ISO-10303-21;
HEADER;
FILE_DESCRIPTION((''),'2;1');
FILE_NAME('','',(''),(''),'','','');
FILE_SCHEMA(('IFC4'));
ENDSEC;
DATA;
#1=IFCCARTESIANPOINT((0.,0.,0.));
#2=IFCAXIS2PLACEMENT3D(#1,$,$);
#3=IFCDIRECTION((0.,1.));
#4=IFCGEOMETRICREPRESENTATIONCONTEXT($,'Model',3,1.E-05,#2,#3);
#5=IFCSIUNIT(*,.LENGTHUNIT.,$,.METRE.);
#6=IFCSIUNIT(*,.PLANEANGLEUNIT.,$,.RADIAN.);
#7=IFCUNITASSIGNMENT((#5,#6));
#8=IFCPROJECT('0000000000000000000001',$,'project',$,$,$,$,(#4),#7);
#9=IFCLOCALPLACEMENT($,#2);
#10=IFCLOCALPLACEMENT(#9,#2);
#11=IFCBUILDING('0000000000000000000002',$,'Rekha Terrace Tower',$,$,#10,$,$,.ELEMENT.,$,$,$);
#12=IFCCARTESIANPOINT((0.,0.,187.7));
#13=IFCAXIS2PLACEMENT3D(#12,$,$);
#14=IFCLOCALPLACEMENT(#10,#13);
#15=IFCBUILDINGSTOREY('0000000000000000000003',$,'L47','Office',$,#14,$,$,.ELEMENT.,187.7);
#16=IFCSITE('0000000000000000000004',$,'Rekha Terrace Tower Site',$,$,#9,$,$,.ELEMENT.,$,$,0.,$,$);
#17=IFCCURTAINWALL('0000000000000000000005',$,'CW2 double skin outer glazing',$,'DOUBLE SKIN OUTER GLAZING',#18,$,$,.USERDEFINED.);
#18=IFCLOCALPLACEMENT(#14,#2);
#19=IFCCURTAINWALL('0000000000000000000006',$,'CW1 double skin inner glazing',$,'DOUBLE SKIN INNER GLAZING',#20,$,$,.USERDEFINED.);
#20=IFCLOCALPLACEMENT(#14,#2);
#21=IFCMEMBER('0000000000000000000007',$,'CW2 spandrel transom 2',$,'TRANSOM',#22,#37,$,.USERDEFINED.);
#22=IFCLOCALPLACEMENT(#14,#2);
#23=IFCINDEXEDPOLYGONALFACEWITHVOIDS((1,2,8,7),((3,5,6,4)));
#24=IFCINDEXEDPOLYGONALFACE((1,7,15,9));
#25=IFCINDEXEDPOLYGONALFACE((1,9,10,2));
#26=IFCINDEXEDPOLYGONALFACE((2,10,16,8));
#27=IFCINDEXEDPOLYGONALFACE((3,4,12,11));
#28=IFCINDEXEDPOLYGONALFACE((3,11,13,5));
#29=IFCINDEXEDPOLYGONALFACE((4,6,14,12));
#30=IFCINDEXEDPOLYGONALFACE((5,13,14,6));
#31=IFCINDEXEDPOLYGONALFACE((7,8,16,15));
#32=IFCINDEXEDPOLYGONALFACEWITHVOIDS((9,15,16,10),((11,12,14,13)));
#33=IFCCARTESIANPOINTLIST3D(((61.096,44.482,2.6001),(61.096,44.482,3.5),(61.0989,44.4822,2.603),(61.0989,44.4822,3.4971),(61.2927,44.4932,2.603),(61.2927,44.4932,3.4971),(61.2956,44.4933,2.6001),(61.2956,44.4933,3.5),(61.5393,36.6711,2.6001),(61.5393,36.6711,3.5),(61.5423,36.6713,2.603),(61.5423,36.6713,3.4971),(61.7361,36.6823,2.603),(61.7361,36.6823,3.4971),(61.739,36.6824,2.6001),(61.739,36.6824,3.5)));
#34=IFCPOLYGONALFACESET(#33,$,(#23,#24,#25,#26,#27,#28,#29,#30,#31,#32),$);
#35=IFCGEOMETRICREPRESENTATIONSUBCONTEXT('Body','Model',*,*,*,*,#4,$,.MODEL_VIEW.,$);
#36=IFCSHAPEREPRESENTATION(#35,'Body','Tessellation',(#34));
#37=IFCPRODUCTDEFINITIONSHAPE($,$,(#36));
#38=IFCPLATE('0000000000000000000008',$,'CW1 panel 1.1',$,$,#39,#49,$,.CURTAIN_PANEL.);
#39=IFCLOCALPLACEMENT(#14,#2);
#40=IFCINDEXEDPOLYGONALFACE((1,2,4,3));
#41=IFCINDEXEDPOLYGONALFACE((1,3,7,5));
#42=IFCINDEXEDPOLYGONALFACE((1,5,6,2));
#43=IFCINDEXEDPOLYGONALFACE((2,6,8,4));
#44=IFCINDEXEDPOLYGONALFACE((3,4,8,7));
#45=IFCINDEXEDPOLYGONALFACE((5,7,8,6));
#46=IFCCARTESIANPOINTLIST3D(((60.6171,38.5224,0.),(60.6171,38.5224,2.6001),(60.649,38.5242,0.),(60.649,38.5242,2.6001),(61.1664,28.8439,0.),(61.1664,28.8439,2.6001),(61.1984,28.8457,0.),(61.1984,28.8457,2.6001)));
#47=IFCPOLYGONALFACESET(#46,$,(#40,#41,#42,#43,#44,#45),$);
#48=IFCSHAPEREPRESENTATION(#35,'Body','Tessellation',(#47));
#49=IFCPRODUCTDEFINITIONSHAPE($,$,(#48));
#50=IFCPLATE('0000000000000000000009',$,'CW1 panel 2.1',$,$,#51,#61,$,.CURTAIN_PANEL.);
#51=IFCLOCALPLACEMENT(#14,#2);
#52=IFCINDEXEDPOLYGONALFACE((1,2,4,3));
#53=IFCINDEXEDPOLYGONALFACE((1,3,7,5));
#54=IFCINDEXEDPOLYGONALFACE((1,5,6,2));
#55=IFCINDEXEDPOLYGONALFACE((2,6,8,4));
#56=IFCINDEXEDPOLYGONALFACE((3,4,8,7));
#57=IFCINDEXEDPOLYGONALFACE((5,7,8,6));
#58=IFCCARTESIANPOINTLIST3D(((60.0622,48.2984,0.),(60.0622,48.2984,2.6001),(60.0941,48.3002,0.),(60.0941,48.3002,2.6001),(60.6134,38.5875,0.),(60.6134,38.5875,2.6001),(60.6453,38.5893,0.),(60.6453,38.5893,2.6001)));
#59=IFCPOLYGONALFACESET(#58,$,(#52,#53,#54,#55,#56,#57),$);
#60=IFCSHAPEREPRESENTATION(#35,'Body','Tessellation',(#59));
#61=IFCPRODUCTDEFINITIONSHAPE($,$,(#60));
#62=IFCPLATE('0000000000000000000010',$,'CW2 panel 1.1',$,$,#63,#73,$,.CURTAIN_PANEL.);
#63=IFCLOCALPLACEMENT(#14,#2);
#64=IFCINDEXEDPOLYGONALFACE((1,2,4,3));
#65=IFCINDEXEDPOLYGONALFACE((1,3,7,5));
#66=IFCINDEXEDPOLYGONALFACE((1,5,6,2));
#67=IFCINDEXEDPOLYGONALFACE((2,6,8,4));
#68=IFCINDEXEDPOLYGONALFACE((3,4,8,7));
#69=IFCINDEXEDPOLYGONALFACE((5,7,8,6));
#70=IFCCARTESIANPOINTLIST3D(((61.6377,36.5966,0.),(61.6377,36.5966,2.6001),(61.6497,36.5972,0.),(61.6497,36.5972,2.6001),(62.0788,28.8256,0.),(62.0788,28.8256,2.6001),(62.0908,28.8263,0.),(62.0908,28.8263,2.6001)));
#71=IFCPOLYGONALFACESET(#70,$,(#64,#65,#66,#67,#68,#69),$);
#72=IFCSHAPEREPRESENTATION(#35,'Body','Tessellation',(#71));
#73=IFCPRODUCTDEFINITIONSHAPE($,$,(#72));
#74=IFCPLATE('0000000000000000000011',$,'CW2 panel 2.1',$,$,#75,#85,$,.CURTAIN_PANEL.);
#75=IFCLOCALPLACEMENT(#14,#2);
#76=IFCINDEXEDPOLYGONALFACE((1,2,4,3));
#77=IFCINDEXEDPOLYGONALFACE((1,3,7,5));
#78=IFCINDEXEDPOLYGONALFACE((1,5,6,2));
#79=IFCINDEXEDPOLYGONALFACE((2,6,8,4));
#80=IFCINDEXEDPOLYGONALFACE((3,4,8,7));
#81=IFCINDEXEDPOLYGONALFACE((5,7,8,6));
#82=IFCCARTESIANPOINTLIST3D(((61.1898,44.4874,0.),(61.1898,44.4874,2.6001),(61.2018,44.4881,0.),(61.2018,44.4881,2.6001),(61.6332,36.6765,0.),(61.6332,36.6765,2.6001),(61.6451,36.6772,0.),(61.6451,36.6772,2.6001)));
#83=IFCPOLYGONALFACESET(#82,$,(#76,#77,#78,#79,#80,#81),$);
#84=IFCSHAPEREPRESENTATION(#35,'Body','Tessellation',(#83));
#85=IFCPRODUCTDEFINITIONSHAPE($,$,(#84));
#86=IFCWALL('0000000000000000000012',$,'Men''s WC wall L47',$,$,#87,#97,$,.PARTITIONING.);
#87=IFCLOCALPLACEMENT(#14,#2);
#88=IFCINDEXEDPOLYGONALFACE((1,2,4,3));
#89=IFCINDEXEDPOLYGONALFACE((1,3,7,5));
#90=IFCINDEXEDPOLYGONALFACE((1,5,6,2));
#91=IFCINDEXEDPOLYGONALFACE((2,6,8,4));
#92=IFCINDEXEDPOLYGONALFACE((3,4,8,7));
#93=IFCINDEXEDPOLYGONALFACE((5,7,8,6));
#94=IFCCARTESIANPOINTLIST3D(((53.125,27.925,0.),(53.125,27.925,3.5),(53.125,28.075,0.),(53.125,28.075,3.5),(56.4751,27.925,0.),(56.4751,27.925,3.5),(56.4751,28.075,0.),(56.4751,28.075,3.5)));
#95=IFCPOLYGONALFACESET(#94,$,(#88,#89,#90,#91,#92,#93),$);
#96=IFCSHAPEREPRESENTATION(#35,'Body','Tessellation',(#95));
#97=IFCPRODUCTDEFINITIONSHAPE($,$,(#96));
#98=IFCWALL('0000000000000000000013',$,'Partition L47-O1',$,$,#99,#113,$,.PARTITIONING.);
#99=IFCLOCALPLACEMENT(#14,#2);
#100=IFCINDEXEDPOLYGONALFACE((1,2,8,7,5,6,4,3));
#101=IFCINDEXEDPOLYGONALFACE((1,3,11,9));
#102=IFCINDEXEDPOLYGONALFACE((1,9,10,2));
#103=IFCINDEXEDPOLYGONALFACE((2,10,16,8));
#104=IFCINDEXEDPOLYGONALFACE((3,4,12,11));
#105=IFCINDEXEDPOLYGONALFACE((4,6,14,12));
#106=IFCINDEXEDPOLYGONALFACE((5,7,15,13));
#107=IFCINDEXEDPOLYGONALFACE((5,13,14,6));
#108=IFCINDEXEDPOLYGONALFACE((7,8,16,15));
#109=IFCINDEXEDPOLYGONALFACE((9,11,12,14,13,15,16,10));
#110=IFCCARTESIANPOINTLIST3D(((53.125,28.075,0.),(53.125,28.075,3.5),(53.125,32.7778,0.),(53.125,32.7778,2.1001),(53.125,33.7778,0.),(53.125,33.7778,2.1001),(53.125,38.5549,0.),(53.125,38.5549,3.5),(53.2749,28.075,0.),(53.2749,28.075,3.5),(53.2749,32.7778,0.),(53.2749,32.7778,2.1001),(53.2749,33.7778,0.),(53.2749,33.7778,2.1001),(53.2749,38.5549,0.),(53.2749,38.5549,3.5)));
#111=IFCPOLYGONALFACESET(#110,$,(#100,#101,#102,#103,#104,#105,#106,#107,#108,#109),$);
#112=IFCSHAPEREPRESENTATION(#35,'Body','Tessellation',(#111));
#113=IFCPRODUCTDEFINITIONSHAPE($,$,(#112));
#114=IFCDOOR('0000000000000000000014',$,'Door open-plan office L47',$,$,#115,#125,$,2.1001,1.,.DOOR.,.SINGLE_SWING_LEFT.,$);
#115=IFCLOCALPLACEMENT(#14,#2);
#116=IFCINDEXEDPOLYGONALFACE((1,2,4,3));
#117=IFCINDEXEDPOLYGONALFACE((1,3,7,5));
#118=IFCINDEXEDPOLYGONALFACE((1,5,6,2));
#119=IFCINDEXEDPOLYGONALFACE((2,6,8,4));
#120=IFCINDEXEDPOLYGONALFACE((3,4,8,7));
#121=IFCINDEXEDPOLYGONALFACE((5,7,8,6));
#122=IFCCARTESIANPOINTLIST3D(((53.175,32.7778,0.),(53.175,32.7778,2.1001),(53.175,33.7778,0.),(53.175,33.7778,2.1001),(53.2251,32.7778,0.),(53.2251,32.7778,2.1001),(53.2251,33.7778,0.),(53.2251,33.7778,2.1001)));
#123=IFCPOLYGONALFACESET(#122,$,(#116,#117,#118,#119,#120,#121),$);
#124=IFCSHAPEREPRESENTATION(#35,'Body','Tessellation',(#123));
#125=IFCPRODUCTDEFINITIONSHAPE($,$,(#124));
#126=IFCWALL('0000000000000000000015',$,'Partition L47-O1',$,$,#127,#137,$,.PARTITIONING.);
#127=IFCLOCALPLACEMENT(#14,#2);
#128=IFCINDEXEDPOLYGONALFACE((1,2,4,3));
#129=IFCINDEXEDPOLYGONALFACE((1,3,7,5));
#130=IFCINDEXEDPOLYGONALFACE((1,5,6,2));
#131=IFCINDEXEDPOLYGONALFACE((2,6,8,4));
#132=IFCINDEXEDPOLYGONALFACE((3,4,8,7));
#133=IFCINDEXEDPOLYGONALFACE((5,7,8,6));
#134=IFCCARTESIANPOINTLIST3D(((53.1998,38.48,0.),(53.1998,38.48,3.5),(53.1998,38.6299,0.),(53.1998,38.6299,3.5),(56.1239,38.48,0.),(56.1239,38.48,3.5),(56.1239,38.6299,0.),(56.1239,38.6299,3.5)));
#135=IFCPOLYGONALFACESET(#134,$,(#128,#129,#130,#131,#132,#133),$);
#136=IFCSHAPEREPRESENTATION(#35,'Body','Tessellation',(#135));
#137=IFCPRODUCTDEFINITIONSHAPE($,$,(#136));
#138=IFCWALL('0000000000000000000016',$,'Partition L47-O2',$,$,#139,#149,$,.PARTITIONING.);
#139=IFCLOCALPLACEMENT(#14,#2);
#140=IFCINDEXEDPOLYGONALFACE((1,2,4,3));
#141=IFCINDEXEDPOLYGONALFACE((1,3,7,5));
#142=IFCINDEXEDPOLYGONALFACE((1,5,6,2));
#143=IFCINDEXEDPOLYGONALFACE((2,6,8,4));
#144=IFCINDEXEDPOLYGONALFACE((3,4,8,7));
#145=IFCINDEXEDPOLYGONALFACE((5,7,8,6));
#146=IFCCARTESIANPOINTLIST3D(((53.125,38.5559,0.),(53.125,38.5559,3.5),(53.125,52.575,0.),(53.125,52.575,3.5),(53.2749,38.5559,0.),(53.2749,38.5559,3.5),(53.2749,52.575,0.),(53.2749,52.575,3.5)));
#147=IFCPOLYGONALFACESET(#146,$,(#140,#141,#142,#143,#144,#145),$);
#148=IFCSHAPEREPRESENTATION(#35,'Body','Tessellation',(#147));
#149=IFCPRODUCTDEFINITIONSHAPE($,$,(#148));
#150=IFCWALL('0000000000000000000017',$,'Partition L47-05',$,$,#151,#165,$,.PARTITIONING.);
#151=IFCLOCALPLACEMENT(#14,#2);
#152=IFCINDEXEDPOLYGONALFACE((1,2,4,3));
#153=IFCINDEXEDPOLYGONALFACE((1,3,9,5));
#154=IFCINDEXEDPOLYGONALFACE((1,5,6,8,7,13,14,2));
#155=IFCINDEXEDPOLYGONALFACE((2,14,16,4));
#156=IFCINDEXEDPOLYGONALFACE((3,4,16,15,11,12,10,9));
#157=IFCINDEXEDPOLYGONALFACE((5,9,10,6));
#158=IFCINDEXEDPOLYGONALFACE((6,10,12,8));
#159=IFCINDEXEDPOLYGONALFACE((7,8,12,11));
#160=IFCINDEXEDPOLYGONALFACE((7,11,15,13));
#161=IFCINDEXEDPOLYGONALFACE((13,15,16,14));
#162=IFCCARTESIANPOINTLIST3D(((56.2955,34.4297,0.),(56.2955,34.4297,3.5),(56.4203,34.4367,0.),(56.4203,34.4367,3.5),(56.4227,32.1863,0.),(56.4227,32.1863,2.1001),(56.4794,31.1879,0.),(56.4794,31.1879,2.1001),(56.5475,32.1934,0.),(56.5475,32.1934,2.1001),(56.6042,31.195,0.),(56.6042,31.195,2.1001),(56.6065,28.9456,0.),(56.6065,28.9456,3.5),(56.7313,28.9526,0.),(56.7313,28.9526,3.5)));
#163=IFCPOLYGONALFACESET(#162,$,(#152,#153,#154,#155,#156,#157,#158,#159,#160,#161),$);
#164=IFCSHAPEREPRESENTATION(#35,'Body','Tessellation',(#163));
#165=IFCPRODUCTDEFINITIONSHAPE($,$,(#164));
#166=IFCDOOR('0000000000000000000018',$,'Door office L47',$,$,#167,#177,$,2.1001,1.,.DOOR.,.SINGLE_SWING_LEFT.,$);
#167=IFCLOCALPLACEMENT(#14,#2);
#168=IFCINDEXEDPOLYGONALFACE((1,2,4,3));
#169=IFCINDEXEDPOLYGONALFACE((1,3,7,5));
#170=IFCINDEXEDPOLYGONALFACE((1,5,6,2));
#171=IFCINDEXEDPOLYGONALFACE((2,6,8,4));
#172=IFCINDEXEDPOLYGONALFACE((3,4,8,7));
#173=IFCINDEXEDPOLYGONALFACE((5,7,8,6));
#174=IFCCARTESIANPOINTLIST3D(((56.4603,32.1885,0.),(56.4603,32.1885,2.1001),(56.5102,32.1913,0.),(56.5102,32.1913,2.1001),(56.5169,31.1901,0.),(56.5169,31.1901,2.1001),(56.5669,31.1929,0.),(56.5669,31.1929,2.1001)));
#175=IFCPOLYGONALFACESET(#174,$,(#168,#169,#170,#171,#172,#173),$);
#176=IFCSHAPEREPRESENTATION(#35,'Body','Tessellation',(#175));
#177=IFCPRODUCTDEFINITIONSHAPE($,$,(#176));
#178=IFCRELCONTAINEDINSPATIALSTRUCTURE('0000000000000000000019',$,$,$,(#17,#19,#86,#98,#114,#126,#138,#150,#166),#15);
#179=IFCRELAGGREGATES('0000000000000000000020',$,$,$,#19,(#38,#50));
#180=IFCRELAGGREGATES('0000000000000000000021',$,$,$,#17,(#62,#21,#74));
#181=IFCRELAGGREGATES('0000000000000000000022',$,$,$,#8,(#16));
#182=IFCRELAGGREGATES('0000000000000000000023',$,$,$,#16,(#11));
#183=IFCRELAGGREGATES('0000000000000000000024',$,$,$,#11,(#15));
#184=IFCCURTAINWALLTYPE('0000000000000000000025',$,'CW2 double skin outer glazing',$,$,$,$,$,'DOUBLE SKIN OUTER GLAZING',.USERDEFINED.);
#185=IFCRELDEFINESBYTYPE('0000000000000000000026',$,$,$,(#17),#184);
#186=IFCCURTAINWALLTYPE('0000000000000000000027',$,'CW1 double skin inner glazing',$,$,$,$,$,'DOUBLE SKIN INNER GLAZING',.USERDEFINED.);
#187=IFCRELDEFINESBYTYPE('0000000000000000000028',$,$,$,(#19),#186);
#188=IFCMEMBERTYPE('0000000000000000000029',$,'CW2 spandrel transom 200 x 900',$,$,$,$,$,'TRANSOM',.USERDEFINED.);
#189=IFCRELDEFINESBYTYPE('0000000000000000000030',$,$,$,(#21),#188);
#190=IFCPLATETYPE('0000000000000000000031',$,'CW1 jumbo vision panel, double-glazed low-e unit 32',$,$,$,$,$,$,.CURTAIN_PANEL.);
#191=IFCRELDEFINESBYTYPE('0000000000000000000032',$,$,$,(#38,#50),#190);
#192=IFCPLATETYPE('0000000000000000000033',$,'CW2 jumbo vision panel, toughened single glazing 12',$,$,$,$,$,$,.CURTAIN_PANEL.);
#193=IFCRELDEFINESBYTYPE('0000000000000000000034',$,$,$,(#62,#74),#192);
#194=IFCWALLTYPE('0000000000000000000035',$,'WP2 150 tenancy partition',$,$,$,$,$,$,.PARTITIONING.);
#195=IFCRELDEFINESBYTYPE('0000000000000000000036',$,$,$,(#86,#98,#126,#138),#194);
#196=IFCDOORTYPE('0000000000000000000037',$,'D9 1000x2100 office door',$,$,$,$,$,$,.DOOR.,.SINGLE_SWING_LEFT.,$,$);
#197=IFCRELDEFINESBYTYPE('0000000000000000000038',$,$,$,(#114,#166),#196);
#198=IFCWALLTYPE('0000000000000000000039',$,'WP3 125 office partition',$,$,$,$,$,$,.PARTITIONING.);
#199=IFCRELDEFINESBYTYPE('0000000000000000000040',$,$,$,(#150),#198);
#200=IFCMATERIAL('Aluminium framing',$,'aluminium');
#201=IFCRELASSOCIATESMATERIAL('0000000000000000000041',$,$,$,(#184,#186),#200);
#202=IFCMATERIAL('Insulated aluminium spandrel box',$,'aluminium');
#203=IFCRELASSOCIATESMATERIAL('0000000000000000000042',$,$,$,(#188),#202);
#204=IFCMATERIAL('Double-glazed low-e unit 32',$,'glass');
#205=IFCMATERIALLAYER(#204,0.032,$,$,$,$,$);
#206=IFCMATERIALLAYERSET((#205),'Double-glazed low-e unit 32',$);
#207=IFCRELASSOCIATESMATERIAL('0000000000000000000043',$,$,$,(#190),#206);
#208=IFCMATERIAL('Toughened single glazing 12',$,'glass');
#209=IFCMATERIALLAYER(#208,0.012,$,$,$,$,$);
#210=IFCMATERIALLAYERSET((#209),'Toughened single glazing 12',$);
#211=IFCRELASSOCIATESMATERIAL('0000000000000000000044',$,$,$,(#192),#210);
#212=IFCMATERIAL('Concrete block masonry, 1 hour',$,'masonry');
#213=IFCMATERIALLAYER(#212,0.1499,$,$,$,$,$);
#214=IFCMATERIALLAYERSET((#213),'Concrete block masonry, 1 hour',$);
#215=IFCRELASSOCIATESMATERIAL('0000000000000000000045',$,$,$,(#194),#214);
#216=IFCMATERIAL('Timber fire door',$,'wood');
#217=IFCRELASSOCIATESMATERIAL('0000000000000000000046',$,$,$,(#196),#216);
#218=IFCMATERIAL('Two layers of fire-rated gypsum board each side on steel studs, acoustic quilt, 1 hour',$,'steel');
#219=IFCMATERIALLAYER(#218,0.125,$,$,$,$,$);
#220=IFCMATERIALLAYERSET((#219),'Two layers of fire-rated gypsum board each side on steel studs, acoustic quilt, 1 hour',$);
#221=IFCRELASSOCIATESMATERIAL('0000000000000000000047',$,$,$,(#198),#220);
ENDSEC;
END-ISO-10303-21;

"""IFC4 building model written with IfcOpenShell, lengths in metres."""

from ifc_helpers import new_model, si_unit, direction, frame, frame_2d, origin, origin_2d, place, context, subcontext, project, spatial, rectangle, hollow_rectangle, extrude, material, layer, layer_set, material_profile, profile_set, type_object, element, fill, aggregate, save


model = new_model("IFC4")

# Units and contexts
model_context = context("Model", 3, precision=1e-05, world=origin(), true_north=direction((0.0, 1.0)))
body_context = subcontext(model_context, "Body", "Model", "MODEL_VIEW")
ifc_project = project(units=[si_unit("LENGTHUNIT", "METRE"), si_unit("PLANEANGLEUNIT", "RADIAN")], contexts=[model_context])

# Site, building, storey
site_placement = place(None, origin())
site = spatial("IfcSite", under=ifc_project, at=site_placement, Name="Rekha Terrace Tower Site", CompositionType="ELEMENT", RefElevation=0.0)
building_placement = place(site_placement, origin())
building = spatial("IfcBuilding", under=site, at=building_placement, Name="Rekha Terrace Tower", CompositionType="ELEMENT")
storey_placement = place(building_placement, frame((0.0, 0.0, 187.7)))
storey = spatial("IfcBuildingStorey", under=building, at=storey_placement, Name="L47", Description="Office", CompositionType="ELEMENT", Elevation=187.7)

# Curtain wall
ifc_material_1 = material(Name="Aluminium framing", Category="aluminium")
curtain_wall_type_1 = type_object("IfcCurtainWallType", Name="CW2 double skin outer glazing", ElementType="DOUBLE SKIN OUTER GLAZING", PredefinedType="USERDEFINED", material=ifc_material_1)
curtain_wall_1_placement = place(storey_placement, origin())
curtain_wall_1 = element("IfcCurtainWall", 1, at=curtain_wall_1_placement, inside=storey, type_object=curtain_wall_type_1, Name="CW2 double skin outer glazing", ObjectType="DOUBLE SKIN OUTER GLAZING", PredefinedType="USERDEFINED")

# Curtain wall
curtain_wall_type_2 = type_object("IfcCurtainWallType", Name="CW1 double skin inner glazing", ElementType="DOUBLE SKIN INNER GLAZING", PredefinedType="USERDEFINED", material=ifc_material_1)
curtain_wall_2_placement = place(storey_placement, origin())
curtain_wall_2 = element("IfcCurtainWall", 2, at=curtain_wall_2_placement, inside=storey, type_object=curtain_wall_type_2, Name="CW1 double skin inner glazing", ObjectType="DOUBLE SKIN INNER GLAZING", PredefinedType="USERDEFINED")
ifc_material_2 = material(Name="Insulated aluminium spandrel box", Category="aluminium")

# Member
ifc_material_profile_1 = material_profile(ifc_material_2, hollow_rectangle(XDim=0.2, YDim=0.8999, WallThickness=0.0029, at=origin_2d()), Name="AL SPANDREL BOX 200x900")
ifc_profile_set_1 = profile_set([ifc_material_profile_1], Name="Insulated aluminium spandrel box")
member_type_1 = type_object("IfcMemberType", Name="CW2 spandrel transom 200 x 900", ElementType="TRANSOM", PredefinedType="USERDEFINED", material=ifc_profile_set_1)
member_1_placement = place(storey_placement, frame((61.6392, 36.6768, 3.05), z_axis=(-0.056669, 0.998393, 0.0), x_axis=(-0.998393, -0.056669, 0.0)))
member_1 = element("IfcMember", 3, at=member_1_placement, type_object=member_type_1, Name="CW2 spandrel transom 2", ObjectType="TRANSOM", PredefinedType="USERDEFINED", context=body_context, shape_type="SweptSolid", body=[
    extrude(hollow_rectangle(XDim=0.2, YDim=0.8999, WallThickness=0.0029, at=origin_2d()), origin(), (0.0, 0.0, 1.0), 7.8235),
])

# Plates
ifc_material_3 = material(Name="Double-glazed low-e unit 32", Category="glass")
ifc_layer_1 = layer(ifc_material_3, 0.032)
ifc_layer_set_1 = layer_set([ifc_layer_1], Name="Double-glazed low-e unit 32")
plate_type_1 = type_object("IfcPlateType", Name="CW1 jumbo vision panel, double-glazed low-e unit 32", PredefinedType="CURTAIN_PANEL", material=ifc_layer_set_1)
plate_1_placement = place(storey_placement, frame((60.9077, 33.6841, 0.0), z_axis=(0.0, 0.0, 1.0), x_axis=(-0.056673, 0.998393, 0.0)))
plate_1 = element("IfcPlate", 4, at=plate_1_placement, type_object=plate_type_1, Name="CW1 panel 1.1", PredefinedType="CURTAIN_PANEL", context=body_context, shape_type="SweptSolid", body=[
    extrude(rectangle(XDim=9.6941, YDim=0.032, at=origin_2d()), origin(), (0.0, 0.0, 1.0), 2.6001),
])
plate_2_placement = place(storey_placement, frame((60.3538, 43.4438, 0.0), z_axis=(0.0, 0.0, 1.0), x_axis=(-0.056673, 0.998393, 0.0)))
plate_2 = element("IfcPlate", 5, at=plate_2_placement, type_object=plate_type_1, Name="CW1 panel 2.1", PredefinedType="CURTAIN_PANEL", context=body_context, shape_type="SweptSolid", body=[
    extrude(rectangle(XDim=9.7266, YDim=0.032, at=origin_2d()), origin(), (0.0, 0.0, 1.0), 2.6001),
])
aggregate(curtain_wall_2, [plate_1, plate_2])
ifc_material_4 = material(Name="Toughened single glazing 12", Category="glass")
ifc_layer_2 = layer(ifc_material_4, 0.012)
ifc_layer_set_2 = layer_set([ifc_layer_2], Name="Toughened single glazing 12")
plate_type_2 = type_object("IfcPlateType", Name="CW2 jumbo vision panel, toughened single glazing 12", PredefinedType="CURTAIN_PANEL", material=ifc_layer_set_2)
plate_3_placement = place(storey_placement, frame((61.8643, 32.7114, 0.0), z_axis=(0.0, 0.0, 1.0), x_axis=(-0.056673, 0.998393, 0.0)))
plate_3 = element("IfcPlate", 6, at=plate_3_placement, type_object=plate_type_2, Name="CW2 panel 1.1", PredefinedType="CURTAIN_PANEL", context=body_context, shape_type="SweptSolid", body=[
    extrude(rectangle(XDim=7.7834, YDim=0.012, at=origin_2d()), origin(), (0.0, 0.0, 1.0), 2.6001),
])
plate_4_placement = place(storey_placement, frame((61.4175, 40.5823, 0.0), z_axis=(0.0, 0.0, 1.0), x_axis=(-0.056673, 0.998393, 0.0)))
plate_4 = element("IfcPlate", 7, at=plate_4_placement, type_object=plate_type_2, Name="CW2 panel 2.1", PredefinedType="CURTAIN_PANEL", context=body_context, shape_type="SweptSolid", body=[
    extrude(rectangle(XDim=7.8235, YDim=0.012, at=origin_2d()), origin(), (0.0, 0.0, 1.0), 2.6001),
])
aggregate(curtain_wall_1, [plate_3, member_1, plate_4])

# Wall
ifc_material_5 = material(Name="Concrete block masonry, 1 hour", Category="masonry")
ifc_layer_3 = layer(ifc_material_5, 0.1499)
ifc_layer_set_3 = layer_set([ifc_layer_3], Name="Concrete block masonry, 1 hour")
wall_type_1 = type_object("IfcWallType", Name="WP2 150 tenancy partition", PredefinedType="PARTITIONING", material=ifc_layer_set_3)
wall_1_placement = place(storey_placement, frame((53.125, 28.0, 0.0), z_axis=(0.0, 0.0, 1.0), x_axis=(1.0, 0.0, 0.0)))
element("IfcWall", 8, at=wall_1_placement, inside=storey, type_object=wall_type_1, Name="Men's WC wall L47", PredefinedType="PARTITIONING", context=body_context, shape_type="SweptSolid", body=[
    extrude(rectangle(XDim=3.3501, YDim=0.1499, at=frame_2d((1.675, 0.0))), origin(), (0.0, 0.0, 1.0), 3.5),
])

# Wall, opening, door
wall_2_placement = place(storey_placement, frame((53.2, 28.075, 0.0), z_axis=(0.0, 0.0, 1.0), x_axis=(0.0, 1.0, 0.0)))
wall_2 = element("IfcWall", 9, at=wall_2_placement, inside=storey, type_object=wall_type_1, Name="Partition L47-O1", PredefinedType="PARTITIONING", context=body_context, shape_type="SweptSolid", body=[
    extrude(rectangle(XDim=10.48, YDim=0.1499, at=frame_2d((5.24, 0.0))), origin(), (0.0, 0.0, 1.0), 3.5),
])
opening_1_placement = place(wall_2_placement, frame((4.7029, 0.0, 0.0)))
opening_1 = element("IfcOpeningElement", 10, at=opening_1_placement, cuts=wall_2, PredefinedType="OPENING", context=body_context, shape_type="SweptSolid", body=[
    extrude(rectangle(XDim=1.0, YDim=2.1001, at=frame_2d((0.5, 1.05))), frame((0.0, 0.085, 0.0), z_axis=(0.0, -1.0, 0.0), x_axis=(1.0, 0.0, 0.0)), (0.0, 0.0, 1.0), 0.1699),
])
ifc_material_6 = material(Name="Timber fire door", Category="wood")
door_type = type_object("IfcDoorType", Name="D9 1000x2100 office door", OperationType="SINGLE_SWING_LEFT", PredefinedType="DOOR", material=ifc_material_6)
door_1_placement = place(opening_1_placement, origin())
door_1 = element("IfcDoor", 11, at=door_1_placement, inside=storey, type_object=door_type, Name="Door open-plan office L47", OperationType="SINGLE_SWING_LEFT", OverallHeight=2.1001, OverallWidth=1.0, PredefinedType="DOOR", context=body_context, shape_type="SweptSolid", body=[
    extrude(rectangle(XDim=1.0, YDim=2.1001, at=frame_2d((0.5, 1.05))), frame((0.0, 0.0249, 0.0), z_axis=(0.0, -1.0, 0.0), x_axis=(1.0, 0.0, 0.0)), (0.0, 0.0, 1.0), 0.05),
])
fill(opening_1, door_1)

# Walls
wall_3_placement = place(storey_placement, frame((53.2, 38.5549, 0.0), z_axis=(0.0, 0.0, 1.0), x_axis=(1.0, 0.0, 0.0)))
element("IfcWall", 12, at=wall_3_placement, inside=storey, type_object=wall_type_1, Name="Partition L47-O1", PredefinedType="PARTITIONING", context=body_context, shape_type="SweptSolid", body=[
    extrude(rectangle(XDim=2.9241, YDim=0.1499, at=frame_2d((1.4619, 0.0))), origin(), (0.0, 0.0, 1.0), 3.5),
])
wall_4_placement = place(storey_placement, frame((53.2, 38.5559, 0.0), z_axis=(0.0, 0.0, 1.0), x_axis=(0.0, 1.0, 0.0)))
element("IfcWall", 13, at=wall_4_placement, inside=storey, type_object=wall_type_1, Name="Partition L47-O2", PredefinedType="PARTITIONING", context=body_context, shape_type="SweptSolid", body=[
    extrude(rectangle(XDim=14.019, YDim=0.1499, at=frame_2d((7.0095, 0.0))), origin(), (0.0, 0.0, 1.0), 3.5),
])

# Wall, opening, door
ifc_material_7 = material(Name="Two layers of fire-rated gypsum board each side on steel studs, acoustic quilt, 1 hour", Category="steel")
ifc_layer_4 = layer(ifc_material_7, 0.125)
ifc_layer_set_4 = layer_set([ifc_layer_4], Name="Two layers of fire-rated gypsum board each side on steel studs, acoustic quilt, 1 hour")
wall_type_2 = type_object("IfcWallType", Name="WP3 125 office partition", PredefinedType="PARTITIONING", material=ifc_layer_set_4)
wall_5_placement = place(storey_placement, frame((56.6689, 28.949, 0.0), z_axis=(0.0, 0.0, 1.0), x_axis=(-0.056624, 0.998396, 0.0)))
wall_5 = element("IfcWall", 14, at=wall_5_placement, inside=storey, type_object=wall_type_2, Name="Partition L47-05", PredefinedType="PARTITIONING", context=body_context, shape_type="SweptSolid", body=[
    extrude(rectangle(XDim=5.4929, YDim=0.125, at=frame_2d((2.7466, 0.0))), origin(), (0.0, 0.0, 1.0), 3.5),
])
opening_2_placement = place(wall_5_placement, frame((2.2461, 0.0, 0.0)))
opening_2 = element("IfcOpeningElement", 15, at=opening_2_placement, cuts=wall_5, PredefinedType="OPENING", context=body_context, shape_type="SweptSolid", body=[
    extrude(rectangle(XDim=1.0, YDim=2.1001, at=frame_2d((0.5, 1.05))), frame((0.0, 0.0725, 0.0), z_axis=(0.0, -1.0, 0.0), x_axis=(1.0, 0.0, 0.0)), (0.0, 0.0, 1.0), 0.145),
])
door_2_placement = place(opening_2_placement, origin())
door_2 = element("IfcDoor", 16, at=door_2_placement, inside=storey, type_object=door_type, Name="Door office L47", OperationType="SINGLE_SWING_LEFT", OverallHeight=2.1001, OverallWidth=1.0, PredefinedType="DOOR", context=body_context, shape_type="SweptSolid", body=[
    extrude(rectangle(XDim=1.0, YDim=2.1001, at=frame_2d((0.5, 1.05))), frame((0.0, 0.0249, 0.0), z_axis=(0.0, -1.0, 0.0), x_axis=(1.0, 0.0, 0.0)), (0.0, 0.0, 1.0), 0.05),
])
fill(opening_2, door_2)

save(model, "model.ifc")
